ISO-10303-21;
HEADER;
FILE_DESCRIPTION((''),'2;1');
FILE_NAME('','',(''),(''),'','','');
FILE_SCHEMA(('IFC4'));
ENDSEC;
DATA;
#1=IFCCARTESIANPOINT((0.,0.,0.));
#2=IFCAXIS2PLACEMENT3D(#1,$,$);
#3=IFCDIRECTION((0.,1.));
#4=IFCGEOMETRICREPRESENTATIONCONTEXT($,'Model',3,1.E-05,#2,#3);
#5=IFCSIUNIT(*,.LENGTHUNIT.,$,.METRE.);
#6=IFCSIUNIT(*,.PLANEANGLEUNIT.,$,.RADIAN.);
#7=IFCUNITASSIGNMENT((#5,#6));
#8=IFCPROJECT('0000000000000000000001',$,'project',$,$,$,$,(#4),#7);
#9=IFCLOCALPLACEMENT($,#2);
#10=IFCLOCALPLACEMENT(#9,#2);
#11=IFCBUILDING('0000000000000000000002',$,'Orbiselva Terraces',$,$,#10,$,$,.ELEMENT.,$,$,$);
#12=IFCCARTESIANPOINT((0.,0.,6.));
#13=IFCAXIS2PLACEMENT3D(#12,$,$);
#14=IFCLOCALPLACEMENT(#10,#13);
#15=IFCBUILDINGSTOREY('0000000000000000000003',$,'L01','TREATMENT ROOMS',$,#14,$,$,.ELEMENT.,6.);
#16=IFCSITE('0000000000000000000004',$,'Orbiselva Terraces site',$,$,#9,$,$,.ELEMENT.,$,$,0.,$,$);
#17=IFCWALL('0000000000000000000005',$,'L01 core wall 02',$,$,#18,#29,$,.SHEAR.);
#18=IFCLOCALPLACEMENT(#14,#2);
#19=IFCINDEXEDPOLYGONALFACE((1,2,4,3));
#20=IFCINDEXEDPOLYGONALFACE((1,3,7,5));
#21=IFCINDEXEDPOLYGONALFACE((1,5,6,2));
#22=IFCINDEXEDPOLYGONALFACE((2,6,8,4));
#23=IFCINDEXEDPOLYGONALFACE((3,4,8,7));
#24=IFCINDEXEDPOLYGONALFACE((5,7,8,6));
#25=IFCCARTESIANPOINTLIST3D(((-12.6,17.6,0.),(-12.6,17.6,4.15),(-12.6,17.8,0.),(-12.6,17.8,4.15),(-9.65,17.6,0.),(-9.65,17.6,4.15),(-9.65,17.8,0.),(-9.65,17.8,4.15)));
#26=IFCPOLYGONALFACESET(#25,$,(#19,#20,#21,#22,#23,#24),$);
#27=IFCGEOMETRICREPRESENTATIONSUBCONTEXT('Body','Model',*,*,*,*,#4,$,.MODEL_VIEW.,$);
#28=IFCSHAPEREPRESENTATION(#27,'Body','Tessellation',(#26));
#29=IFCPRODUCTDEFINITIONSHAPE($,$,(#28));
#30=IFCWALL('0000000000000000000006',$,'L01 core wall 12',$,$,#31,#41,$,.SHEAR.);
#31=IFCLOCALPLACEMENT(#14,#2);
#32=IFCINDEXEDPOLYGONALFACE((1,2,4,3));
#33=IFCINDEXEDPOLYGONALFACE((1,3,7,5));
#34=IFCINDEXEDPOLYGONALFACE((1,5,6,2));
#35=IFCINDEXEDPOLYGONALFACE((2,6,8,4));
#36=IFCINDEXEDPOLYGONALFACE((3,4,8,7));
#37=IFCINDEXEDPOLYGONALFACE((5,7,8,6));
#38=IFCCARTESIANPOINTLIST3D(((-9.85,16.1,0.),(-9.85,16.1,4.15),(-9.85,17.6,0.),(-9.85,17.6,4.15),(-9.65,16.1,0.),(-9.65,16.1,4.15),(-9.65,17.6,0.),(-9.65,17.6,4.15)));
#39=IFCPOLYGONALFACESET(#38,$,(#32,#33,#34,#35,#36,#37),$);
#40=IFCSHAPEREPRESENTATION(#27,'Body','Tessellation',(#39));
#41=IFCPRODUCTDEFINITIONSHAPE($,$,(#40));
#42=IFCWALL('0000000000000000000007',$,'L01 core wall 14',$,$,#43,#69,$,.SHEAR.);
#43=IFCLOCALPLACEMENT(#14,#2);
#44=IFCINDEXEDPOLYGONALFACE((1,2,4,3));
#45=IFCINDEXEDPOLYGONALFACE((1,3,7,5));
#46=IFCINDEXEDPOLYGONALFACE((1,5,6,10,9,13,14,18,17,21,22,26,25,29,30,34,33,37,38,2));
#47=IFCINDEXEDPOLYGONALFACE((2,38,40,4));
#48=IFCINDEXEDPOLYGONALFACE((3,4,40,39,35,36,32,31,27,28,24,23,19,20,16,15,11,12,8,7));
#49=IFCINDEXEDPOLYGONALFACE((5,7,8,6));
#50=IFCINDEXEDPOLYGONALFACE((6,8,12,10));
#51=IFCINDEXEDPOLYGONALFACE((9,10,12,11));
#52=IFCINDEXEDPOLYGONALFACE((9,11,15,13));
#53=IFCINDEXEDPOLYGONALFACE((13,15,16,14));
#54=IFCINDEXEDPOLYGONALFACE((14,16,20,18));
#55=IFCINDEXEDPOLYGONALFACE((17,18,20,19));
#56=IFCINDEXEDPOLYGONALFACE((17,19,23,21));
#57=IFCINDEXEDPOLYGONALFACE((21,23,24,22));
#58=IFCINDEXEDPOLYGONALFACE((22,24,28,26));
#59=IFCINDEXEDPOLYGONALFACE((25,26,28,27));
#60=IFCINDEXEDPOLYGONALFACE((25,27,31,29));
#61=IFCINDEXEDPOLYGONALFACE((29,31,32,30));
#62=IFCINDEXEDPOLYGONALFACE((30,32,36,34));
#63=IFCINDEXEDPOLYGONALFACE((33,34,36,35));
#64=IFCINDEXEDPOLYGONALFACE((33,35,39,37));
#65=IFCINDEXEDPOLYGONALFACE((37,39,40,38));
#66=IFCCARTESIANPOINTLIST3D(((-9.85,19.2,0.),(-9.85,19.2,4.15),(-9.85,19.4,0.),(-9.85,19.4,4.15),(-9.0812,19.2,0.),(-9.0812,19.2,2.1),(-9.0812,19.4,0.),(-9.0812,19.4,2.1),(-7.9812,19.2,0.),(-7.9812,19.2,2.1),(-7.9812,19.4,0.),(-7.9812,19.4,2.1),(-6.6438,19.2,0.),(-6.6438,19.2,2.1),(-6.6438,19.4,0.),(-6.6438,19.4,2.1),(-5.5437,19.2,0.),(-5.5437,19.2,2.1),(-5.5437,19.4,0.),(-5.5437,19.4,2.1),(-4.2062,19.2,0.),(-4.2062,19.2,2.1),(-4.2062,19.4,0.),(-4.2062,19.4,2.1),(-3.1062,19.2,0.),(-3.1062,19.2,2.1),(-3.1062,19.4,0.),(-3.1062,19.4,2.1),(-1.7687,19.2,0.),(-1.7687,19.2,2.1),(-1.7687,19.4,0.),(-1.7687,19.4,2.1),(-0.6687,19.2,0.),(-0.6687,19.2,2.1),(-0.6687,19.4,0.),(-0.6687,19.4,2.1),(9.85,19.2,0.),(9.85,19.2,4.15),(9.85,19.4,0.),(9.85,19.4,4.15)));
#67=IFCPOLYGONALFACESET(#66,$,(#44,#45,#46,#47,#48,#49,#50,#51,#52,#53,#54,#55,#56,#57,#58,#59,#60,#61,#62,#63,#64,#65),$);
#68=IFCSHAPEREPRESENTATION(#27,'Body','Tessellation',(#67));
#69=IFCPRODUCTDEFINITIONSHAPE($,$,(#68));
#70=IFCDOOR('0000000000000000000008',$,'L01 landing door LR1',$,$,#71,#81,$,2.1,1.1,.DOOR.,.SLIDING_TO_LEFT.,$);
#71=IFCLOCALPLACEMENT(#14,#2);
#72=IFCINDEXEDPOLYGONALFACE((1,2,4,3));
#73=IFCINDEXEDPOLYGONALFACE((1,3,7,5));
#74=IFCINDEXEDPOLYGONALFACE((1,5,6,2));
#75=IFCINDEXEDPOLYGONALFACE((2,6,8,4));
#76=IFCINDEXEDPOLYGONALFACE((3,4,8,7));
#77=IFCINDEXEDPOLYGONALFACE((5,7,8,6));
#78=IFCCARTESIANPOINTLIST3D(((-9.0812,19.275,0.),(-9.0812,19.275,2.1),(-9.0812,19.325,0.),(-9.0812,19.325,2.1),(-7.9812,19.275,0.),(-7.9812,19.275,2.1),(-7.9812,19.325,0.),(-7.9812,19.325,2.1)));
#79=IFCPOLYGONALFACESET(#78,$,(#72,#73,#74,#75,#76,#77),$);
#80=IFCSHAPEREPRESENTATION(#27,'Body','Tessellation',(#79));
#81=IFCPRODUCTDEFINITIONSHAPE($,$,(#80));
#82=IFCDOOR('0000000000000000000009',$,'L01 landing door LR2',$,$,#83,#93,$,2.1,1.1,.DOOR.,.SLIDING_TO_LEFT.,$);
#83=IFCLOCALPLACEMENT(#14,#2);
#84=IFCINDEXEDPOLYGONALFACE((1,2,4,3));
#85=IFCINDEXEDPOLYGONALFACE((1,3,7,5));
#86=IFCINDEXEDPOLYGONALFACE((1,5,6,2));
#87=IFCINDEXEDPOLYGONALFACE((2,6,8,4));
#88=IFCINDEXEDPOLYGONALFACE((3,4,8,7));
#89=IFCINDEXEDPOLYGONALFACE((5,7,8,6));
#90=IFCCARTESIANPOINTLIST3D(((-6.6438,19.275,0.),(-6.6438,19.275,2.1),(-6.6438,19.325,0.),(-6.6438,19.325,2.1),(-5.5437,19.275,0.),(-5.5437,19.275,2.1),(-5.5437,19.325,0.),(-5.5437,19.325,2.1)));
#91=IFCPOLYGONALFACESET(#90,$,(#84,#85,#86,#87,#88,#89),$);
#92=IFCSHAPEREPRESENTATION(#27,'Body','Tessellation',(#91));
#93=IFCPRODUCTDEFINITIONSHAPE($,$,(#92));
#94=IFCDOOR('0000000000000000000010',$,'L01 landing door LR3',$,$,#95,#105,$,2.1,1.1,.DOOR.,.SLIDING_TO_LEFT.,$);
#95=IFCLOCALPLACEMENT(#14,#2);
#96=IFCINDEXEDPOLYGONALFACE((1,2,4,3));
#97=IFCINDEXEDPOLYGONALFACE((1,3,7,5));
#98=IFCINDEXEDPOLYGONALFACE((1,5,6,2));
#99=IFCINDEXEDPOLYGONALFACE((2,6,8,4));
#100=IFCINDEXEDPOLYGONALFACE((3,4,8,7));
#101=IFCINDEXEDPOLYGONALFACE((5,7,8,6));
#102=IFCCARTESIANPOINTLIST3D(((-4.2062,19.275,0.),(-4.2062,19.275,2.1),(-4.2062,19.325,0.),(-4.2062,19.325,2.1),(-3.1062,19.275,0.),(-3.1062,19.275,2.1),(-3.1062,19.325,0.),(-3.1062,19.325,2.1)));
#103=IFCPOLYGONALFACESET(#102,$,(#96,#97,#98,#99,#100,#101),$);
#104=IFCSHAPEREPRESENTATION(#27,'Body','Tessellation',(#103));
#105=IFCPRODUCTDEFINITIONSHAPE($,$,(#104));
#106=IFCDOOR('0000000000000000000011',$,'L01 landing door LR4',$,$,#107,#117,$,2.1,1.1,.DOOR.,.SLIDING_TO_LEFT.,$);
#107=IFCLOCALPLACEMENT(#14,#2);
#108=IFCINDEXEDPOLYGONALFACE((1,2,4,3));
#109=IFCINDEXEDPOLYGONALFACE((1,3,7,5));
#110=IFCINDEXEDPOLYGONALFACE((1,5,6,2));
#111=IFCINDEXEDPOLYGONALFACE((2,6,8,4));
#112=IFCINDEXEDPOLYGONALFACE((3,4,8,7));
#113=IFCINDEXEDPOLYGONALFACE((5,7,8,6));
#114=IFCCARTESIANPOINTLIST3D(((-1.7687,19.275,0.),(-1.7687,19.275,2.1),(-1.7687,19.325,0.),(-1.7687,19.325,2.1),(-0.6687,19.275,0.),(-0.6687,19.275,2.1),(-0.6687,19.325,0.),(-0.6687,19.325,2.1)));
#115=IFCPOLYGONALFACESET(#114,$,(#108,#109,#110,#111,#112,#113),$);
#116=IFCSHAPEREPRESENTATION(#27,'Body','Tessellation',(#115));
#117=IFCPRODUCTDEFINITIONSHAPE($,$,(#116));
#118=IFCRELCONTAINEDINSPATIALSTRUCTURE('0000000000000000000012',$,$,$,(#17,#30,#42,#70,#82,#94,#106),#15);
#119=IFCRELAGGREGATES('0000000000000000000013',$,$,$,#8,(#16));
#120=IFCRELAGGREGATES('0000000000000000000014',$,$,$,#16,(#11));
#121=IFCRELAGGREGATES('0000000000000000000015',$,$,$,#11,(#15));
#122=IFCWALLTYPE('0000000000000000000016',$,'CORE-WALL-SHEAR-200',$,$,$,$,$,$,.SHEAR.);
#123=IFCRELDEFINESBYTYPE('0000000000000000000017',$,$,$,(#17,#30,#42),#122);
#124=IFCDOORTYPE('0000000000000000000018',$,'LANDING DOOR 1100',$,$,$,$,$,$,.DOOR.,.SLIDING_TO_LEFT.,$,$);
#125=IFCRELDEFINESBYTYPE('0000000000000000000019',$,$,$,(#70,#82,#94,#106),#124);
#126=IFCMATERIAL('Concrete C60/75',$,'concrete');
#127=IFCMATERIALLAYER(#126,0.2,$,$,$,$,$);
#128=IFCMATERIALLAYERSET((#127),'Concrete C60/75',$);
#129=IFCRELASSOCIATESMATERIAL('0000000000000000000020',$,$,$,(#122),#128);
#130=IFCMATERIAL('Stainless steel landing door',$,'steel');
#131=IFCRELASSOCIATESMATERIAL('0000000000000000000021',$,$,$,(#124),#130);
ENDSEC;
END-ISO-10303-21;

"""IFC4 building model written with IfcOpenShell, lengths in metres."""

from ifc_helpers import new_model, si_unit, direction, frame, frame_2d, origin, place, context, subcontext, project, spatial, rectangle, extrude, material, layer, layer_set, type_object, element, fill, save


model = new_model("IFC4")

# Units and contexts
model_context = context("Model", 3, precision=1e-05, world=origin(), true_north=direction((0.0, 1.0)))
body_context = subcontext(model_context, "Body", "Model", "MODEL_VIEW")
ifc_project = project(units=[si_unit("LENGTHUNIT", "METRE"), si_unit("PLANEANGLEUNIT", "RADIAN")], contexts=[model_context])

# Site, building, storey
site_placement = place(None, origin())
site = spatial("IfcSite", under=ifc_project, at=site_placement, Name="Orbiselva Terraces site", CompositionType="ELEMENT", RefElevation=0.0)
building_placement = place(site_placement, origin())
building = spatial("IfcBuilding", under=site, at=building_placement, Name="Orbiselva Terraces", CompositionType="ELEMENT")
storey_placement = place(building_placement, frame((0.0, 0.0, 6.0)))
storey = spatial("IfcBuildingStorey", under=building, at=storey_placement, Name="L01", Description="TREATMENT ROOMS", CompositionType="ELEMENT", Elevation=6.0)

# Walls
ifc_material_1 = material(Name="Concrete C60/75", Category="concrete")
ifc_layer_1 = layer(ifc_material_1, 0.2)
ifc_layer_set_1 = layer_set([ifc_layer_1], Name="Concrete C60/75")
wall_type_1 = type_object("IfcWallType", Name="CORE-WALL-SHEAR-200", PredefinedType="SHEAR", material=ifc_layer_set_1)
wall_1_placement = place(storey_placement, frame((-12.6, 17.7, 0.0), z_axis=(0.0, 0.0, 1.0), x_axis=(1.0, 0.0, 0.0)))
element("IfcWall", 1, at=wall_1_placement, inside=storey, type_object=wall_type_1, Name="L01 core wall 02", PredefinedType="SHEAR", context=body_context, shape_type="SweptSolid", body=[
    extrude(rectangle(XDim=2.95, YDim=0.2, at=frame_2d((1.475, 0.0))), origin(), (0.0, 0.0, 1.0), 4.15),
])
wall_2_placement = place(storey_placement, frame((-9.75, 16.1, 0.0), z_axis=(0.0, 0.0, 1.0), x_axis=(0.0, 1.0, 0.0)))
element("IfcWall", 2, at=wall_2_placement, inside=storey, type_object=wall_type_1, Name="L01 core wall 12", PredefinedType="SHEAR", context=body_context, shape_type="SweptSolid", body=[
    extrude(rectangle(XDim=1.5, YDim=0.2, at=frame_2d((0.75, 0.0))), origin(), (0.0, 0.0, 1.0), 4.15),
])

# Wall, openings, doors
wall_3_placement = place(storey_placement, frame((-9.85, 19.3, 0.0), z_axis=(0.0, 0.0, 1.0), x_axis=(1.0, 0.0, 0.0)))
wall_3 = element("IfcWall", 3, at=wall_3_placement, inside=storey, type_object=wall_type_1, Name="L01 core wall 14", PredefinedType="SHEAR", context=body_context, shape_type="SweptSolid", body=[
    extrude(rectangle(XDim=19.7, YDim=0.2, at=frame_2d((9.85, 0.0))), origin(), (0.0, 0.0, 1.0), 4.15),
])
opening_1_placement = place(wall_3_placement, frame((0.7688, 0.0, 0.0)))
opening_1 = element("IfcOpeningElement", 4, at=opening_1_placement, cuts=wall_3, PredefinedType="OPENING", context=body_context, shape_type="SweptSolid", body=[
    extrude(rectangle(XDim=1.1, YDim=2.1, at=frame_2d((0.55, 1.05))), frame((0.0, 0.11, 0.0), z_axis=(0.0, -1.0, 0.0), x_axis=(1.0, 0.0, 0.0)), (0.0, 0.0, 1.0), 0.22),
])
opening_2_placement = place(wall_3_placement, frame((3.2062, 0.0, 0.0)))
opening_2 = element("IfcOpeningElement", 5, at=opening_2_placement, cuts=wall_3, PredefinedType="OPENING", context=body_context, shape_type="SweptSolid", body=[
    extrude(rectangle(XDim=1.1, YDim=2.1, at=frame_2d((0.55, 1.05))), frame((0.0, 0.11, 0.0), z_axis=(0.0, -1.0, 0.0), x_axis=(1.0, 0.0, 0.0)), (0.0, 0.0, 1.0), 0.22),
])
opening_3_placement = place(wall_3_placement, frame((5.6437, 0.0, 0.0)))
opening_3 = element("IfcOpeningElement", 6, at=opening_3_placement, cuts=wall_3, PredefinedType="OPENING", context=body_context, shape_type="SweptSolid", body=[
    extrude(rectangle(XDim=1.1, YDim=2.1, at=frame_2d((0.55, 1.05))), frame((0.0, 0.11, 0.0), z_axis=(0.0, -1.0, 0.0), x_axis=(1.0, 0.0, 0.0)), (0.0, 0.0, 1.0), 0.22),
])
opening_4_placement = place(wall_3_placement, frame((8.0813, 0.0, 0.0)))
opening_4 = element("IfcOpeningElement", 7, at=opening_4_placement, cuts=wall_3, PredefinedType="OPENING", context=body_context, shape_type="SweptSolid", body=[
    extrude(rectangle(XDim=1.1, YDim=2.1, at=frame_2d((0.55, 1.05))), frame((0.0, 0.11, 0.0), z_axis=(0.0, -1.0, 0.0), x_axis=(1.0, 0.0, 0.0)), (0.0, 0.0, 1.0), 0.22),
])
ifc_material_2 = material(Name="Stainless steel landing door", Category="steel")
door_type_1 = type_object("IfcDoorType", Name="LANDING DOOR 1100", OperationType="SLIDING_TO_LEFT", PredefinedType="DOOR", material=ifc_material_2)
door_1_placement = place(opening_1_placement, origin())
door_1 = element("IfcDoor", 8, at=door_1_placement, inside=storey, type_object=door_type_1, Name="L01 landing door LR1", OperationType="SLIDING_TO_LEFT", OverallHeight=2.1, OverallWidth=1.1, PredefinedType="DOOR", context=body_context, shape_type="SweptSolid", body=[
    extrude(rectangle(XDim=1.1, YDim=2.1, at=frame_2d((0.55, 1.05))), frame((0.0, 0.025, 0.0), z_axis=(0.0, -1.0, 0.0), x_axis=(1.0, 0.0, 0.0)), (0.0, 0.0, 1.0), 0.05),
])
fill(opening_1, door_1)
door_2_placement = place(opening_2_placement, origin())
door_2 = element("IfcDoor", 9, at=door_2_placement, inside=storey, type_object=door_type_1, Name="L01 landing door LR2", OperationType="SLIDING_TO_LEFT", OverallHeight=2.1, OverallWidth=1.1, PredefinedType="DOOR", context=body_context, shape_type="SweptSolid", body=[
    extrude(rectangle(XDim=1.1, YDim=2.1, at=frame_2d((0.55, 1.05))), frame((0.0, 0.025, 0.0), z_axis=(0.0, -1.0, 0.0), x_axis=(1.0, 0.0, 0.0)), (0.0, 0.0, 1.0), 0.05),
])
fill(opening_2, door_2)
door_3_placement = place(opening_3_placement, origin())
door_3 = element("IfcDoor", 10, at=door_3_placement, inside=storey, type_object=door_type_1, Name="L01 landing door LR3", OperationType="SLIDING_TO_LEFT", OverallHeight=2.1, OverallWidth=1.1, PredefinedType="DOOR", context=body_context, shape_type="SweptSolid", body=[
    extrude(rectangle(XDim=1.1, YDim=2.1, at=frame_2d((0.55, 1.05))), frame((0.0, 0.025, 0.0), z_axis=(0.0, -1.0, 0.0), x_axis=(1.0, 0.0, 0.0)), (0.0, 0.0, 1.0), 0.05),
])
fill(opening_3, door_3)
door_4_placement = place(opening_4_placement, origin())
door_4 = element("IfcDoor", 11, at=door_4_placement, inside=storey, type_object=door_type_1, Name="L01 landing door LR4", OperationType="SLIDING_TO_LEFT", OverallHeight=2.1, OverallWidth=1.1, PredefinedType="DOOR", context=body_context, shape_type="SweptSolid", body=[
    extrude(rectangle(XDim=1.1, YDim=2.1, at=frame_2d((0.55, 1.05))), frame((0.0, 0.025, 0.0), z_axis=(0.0, -1.0, 0.0), x_axis=(1.0, 0.0, 0.0)), (0.0, 0.0, 1.0), 0.05),
])
fill(opening_4, door_4)

save(model, "model.ifc")
